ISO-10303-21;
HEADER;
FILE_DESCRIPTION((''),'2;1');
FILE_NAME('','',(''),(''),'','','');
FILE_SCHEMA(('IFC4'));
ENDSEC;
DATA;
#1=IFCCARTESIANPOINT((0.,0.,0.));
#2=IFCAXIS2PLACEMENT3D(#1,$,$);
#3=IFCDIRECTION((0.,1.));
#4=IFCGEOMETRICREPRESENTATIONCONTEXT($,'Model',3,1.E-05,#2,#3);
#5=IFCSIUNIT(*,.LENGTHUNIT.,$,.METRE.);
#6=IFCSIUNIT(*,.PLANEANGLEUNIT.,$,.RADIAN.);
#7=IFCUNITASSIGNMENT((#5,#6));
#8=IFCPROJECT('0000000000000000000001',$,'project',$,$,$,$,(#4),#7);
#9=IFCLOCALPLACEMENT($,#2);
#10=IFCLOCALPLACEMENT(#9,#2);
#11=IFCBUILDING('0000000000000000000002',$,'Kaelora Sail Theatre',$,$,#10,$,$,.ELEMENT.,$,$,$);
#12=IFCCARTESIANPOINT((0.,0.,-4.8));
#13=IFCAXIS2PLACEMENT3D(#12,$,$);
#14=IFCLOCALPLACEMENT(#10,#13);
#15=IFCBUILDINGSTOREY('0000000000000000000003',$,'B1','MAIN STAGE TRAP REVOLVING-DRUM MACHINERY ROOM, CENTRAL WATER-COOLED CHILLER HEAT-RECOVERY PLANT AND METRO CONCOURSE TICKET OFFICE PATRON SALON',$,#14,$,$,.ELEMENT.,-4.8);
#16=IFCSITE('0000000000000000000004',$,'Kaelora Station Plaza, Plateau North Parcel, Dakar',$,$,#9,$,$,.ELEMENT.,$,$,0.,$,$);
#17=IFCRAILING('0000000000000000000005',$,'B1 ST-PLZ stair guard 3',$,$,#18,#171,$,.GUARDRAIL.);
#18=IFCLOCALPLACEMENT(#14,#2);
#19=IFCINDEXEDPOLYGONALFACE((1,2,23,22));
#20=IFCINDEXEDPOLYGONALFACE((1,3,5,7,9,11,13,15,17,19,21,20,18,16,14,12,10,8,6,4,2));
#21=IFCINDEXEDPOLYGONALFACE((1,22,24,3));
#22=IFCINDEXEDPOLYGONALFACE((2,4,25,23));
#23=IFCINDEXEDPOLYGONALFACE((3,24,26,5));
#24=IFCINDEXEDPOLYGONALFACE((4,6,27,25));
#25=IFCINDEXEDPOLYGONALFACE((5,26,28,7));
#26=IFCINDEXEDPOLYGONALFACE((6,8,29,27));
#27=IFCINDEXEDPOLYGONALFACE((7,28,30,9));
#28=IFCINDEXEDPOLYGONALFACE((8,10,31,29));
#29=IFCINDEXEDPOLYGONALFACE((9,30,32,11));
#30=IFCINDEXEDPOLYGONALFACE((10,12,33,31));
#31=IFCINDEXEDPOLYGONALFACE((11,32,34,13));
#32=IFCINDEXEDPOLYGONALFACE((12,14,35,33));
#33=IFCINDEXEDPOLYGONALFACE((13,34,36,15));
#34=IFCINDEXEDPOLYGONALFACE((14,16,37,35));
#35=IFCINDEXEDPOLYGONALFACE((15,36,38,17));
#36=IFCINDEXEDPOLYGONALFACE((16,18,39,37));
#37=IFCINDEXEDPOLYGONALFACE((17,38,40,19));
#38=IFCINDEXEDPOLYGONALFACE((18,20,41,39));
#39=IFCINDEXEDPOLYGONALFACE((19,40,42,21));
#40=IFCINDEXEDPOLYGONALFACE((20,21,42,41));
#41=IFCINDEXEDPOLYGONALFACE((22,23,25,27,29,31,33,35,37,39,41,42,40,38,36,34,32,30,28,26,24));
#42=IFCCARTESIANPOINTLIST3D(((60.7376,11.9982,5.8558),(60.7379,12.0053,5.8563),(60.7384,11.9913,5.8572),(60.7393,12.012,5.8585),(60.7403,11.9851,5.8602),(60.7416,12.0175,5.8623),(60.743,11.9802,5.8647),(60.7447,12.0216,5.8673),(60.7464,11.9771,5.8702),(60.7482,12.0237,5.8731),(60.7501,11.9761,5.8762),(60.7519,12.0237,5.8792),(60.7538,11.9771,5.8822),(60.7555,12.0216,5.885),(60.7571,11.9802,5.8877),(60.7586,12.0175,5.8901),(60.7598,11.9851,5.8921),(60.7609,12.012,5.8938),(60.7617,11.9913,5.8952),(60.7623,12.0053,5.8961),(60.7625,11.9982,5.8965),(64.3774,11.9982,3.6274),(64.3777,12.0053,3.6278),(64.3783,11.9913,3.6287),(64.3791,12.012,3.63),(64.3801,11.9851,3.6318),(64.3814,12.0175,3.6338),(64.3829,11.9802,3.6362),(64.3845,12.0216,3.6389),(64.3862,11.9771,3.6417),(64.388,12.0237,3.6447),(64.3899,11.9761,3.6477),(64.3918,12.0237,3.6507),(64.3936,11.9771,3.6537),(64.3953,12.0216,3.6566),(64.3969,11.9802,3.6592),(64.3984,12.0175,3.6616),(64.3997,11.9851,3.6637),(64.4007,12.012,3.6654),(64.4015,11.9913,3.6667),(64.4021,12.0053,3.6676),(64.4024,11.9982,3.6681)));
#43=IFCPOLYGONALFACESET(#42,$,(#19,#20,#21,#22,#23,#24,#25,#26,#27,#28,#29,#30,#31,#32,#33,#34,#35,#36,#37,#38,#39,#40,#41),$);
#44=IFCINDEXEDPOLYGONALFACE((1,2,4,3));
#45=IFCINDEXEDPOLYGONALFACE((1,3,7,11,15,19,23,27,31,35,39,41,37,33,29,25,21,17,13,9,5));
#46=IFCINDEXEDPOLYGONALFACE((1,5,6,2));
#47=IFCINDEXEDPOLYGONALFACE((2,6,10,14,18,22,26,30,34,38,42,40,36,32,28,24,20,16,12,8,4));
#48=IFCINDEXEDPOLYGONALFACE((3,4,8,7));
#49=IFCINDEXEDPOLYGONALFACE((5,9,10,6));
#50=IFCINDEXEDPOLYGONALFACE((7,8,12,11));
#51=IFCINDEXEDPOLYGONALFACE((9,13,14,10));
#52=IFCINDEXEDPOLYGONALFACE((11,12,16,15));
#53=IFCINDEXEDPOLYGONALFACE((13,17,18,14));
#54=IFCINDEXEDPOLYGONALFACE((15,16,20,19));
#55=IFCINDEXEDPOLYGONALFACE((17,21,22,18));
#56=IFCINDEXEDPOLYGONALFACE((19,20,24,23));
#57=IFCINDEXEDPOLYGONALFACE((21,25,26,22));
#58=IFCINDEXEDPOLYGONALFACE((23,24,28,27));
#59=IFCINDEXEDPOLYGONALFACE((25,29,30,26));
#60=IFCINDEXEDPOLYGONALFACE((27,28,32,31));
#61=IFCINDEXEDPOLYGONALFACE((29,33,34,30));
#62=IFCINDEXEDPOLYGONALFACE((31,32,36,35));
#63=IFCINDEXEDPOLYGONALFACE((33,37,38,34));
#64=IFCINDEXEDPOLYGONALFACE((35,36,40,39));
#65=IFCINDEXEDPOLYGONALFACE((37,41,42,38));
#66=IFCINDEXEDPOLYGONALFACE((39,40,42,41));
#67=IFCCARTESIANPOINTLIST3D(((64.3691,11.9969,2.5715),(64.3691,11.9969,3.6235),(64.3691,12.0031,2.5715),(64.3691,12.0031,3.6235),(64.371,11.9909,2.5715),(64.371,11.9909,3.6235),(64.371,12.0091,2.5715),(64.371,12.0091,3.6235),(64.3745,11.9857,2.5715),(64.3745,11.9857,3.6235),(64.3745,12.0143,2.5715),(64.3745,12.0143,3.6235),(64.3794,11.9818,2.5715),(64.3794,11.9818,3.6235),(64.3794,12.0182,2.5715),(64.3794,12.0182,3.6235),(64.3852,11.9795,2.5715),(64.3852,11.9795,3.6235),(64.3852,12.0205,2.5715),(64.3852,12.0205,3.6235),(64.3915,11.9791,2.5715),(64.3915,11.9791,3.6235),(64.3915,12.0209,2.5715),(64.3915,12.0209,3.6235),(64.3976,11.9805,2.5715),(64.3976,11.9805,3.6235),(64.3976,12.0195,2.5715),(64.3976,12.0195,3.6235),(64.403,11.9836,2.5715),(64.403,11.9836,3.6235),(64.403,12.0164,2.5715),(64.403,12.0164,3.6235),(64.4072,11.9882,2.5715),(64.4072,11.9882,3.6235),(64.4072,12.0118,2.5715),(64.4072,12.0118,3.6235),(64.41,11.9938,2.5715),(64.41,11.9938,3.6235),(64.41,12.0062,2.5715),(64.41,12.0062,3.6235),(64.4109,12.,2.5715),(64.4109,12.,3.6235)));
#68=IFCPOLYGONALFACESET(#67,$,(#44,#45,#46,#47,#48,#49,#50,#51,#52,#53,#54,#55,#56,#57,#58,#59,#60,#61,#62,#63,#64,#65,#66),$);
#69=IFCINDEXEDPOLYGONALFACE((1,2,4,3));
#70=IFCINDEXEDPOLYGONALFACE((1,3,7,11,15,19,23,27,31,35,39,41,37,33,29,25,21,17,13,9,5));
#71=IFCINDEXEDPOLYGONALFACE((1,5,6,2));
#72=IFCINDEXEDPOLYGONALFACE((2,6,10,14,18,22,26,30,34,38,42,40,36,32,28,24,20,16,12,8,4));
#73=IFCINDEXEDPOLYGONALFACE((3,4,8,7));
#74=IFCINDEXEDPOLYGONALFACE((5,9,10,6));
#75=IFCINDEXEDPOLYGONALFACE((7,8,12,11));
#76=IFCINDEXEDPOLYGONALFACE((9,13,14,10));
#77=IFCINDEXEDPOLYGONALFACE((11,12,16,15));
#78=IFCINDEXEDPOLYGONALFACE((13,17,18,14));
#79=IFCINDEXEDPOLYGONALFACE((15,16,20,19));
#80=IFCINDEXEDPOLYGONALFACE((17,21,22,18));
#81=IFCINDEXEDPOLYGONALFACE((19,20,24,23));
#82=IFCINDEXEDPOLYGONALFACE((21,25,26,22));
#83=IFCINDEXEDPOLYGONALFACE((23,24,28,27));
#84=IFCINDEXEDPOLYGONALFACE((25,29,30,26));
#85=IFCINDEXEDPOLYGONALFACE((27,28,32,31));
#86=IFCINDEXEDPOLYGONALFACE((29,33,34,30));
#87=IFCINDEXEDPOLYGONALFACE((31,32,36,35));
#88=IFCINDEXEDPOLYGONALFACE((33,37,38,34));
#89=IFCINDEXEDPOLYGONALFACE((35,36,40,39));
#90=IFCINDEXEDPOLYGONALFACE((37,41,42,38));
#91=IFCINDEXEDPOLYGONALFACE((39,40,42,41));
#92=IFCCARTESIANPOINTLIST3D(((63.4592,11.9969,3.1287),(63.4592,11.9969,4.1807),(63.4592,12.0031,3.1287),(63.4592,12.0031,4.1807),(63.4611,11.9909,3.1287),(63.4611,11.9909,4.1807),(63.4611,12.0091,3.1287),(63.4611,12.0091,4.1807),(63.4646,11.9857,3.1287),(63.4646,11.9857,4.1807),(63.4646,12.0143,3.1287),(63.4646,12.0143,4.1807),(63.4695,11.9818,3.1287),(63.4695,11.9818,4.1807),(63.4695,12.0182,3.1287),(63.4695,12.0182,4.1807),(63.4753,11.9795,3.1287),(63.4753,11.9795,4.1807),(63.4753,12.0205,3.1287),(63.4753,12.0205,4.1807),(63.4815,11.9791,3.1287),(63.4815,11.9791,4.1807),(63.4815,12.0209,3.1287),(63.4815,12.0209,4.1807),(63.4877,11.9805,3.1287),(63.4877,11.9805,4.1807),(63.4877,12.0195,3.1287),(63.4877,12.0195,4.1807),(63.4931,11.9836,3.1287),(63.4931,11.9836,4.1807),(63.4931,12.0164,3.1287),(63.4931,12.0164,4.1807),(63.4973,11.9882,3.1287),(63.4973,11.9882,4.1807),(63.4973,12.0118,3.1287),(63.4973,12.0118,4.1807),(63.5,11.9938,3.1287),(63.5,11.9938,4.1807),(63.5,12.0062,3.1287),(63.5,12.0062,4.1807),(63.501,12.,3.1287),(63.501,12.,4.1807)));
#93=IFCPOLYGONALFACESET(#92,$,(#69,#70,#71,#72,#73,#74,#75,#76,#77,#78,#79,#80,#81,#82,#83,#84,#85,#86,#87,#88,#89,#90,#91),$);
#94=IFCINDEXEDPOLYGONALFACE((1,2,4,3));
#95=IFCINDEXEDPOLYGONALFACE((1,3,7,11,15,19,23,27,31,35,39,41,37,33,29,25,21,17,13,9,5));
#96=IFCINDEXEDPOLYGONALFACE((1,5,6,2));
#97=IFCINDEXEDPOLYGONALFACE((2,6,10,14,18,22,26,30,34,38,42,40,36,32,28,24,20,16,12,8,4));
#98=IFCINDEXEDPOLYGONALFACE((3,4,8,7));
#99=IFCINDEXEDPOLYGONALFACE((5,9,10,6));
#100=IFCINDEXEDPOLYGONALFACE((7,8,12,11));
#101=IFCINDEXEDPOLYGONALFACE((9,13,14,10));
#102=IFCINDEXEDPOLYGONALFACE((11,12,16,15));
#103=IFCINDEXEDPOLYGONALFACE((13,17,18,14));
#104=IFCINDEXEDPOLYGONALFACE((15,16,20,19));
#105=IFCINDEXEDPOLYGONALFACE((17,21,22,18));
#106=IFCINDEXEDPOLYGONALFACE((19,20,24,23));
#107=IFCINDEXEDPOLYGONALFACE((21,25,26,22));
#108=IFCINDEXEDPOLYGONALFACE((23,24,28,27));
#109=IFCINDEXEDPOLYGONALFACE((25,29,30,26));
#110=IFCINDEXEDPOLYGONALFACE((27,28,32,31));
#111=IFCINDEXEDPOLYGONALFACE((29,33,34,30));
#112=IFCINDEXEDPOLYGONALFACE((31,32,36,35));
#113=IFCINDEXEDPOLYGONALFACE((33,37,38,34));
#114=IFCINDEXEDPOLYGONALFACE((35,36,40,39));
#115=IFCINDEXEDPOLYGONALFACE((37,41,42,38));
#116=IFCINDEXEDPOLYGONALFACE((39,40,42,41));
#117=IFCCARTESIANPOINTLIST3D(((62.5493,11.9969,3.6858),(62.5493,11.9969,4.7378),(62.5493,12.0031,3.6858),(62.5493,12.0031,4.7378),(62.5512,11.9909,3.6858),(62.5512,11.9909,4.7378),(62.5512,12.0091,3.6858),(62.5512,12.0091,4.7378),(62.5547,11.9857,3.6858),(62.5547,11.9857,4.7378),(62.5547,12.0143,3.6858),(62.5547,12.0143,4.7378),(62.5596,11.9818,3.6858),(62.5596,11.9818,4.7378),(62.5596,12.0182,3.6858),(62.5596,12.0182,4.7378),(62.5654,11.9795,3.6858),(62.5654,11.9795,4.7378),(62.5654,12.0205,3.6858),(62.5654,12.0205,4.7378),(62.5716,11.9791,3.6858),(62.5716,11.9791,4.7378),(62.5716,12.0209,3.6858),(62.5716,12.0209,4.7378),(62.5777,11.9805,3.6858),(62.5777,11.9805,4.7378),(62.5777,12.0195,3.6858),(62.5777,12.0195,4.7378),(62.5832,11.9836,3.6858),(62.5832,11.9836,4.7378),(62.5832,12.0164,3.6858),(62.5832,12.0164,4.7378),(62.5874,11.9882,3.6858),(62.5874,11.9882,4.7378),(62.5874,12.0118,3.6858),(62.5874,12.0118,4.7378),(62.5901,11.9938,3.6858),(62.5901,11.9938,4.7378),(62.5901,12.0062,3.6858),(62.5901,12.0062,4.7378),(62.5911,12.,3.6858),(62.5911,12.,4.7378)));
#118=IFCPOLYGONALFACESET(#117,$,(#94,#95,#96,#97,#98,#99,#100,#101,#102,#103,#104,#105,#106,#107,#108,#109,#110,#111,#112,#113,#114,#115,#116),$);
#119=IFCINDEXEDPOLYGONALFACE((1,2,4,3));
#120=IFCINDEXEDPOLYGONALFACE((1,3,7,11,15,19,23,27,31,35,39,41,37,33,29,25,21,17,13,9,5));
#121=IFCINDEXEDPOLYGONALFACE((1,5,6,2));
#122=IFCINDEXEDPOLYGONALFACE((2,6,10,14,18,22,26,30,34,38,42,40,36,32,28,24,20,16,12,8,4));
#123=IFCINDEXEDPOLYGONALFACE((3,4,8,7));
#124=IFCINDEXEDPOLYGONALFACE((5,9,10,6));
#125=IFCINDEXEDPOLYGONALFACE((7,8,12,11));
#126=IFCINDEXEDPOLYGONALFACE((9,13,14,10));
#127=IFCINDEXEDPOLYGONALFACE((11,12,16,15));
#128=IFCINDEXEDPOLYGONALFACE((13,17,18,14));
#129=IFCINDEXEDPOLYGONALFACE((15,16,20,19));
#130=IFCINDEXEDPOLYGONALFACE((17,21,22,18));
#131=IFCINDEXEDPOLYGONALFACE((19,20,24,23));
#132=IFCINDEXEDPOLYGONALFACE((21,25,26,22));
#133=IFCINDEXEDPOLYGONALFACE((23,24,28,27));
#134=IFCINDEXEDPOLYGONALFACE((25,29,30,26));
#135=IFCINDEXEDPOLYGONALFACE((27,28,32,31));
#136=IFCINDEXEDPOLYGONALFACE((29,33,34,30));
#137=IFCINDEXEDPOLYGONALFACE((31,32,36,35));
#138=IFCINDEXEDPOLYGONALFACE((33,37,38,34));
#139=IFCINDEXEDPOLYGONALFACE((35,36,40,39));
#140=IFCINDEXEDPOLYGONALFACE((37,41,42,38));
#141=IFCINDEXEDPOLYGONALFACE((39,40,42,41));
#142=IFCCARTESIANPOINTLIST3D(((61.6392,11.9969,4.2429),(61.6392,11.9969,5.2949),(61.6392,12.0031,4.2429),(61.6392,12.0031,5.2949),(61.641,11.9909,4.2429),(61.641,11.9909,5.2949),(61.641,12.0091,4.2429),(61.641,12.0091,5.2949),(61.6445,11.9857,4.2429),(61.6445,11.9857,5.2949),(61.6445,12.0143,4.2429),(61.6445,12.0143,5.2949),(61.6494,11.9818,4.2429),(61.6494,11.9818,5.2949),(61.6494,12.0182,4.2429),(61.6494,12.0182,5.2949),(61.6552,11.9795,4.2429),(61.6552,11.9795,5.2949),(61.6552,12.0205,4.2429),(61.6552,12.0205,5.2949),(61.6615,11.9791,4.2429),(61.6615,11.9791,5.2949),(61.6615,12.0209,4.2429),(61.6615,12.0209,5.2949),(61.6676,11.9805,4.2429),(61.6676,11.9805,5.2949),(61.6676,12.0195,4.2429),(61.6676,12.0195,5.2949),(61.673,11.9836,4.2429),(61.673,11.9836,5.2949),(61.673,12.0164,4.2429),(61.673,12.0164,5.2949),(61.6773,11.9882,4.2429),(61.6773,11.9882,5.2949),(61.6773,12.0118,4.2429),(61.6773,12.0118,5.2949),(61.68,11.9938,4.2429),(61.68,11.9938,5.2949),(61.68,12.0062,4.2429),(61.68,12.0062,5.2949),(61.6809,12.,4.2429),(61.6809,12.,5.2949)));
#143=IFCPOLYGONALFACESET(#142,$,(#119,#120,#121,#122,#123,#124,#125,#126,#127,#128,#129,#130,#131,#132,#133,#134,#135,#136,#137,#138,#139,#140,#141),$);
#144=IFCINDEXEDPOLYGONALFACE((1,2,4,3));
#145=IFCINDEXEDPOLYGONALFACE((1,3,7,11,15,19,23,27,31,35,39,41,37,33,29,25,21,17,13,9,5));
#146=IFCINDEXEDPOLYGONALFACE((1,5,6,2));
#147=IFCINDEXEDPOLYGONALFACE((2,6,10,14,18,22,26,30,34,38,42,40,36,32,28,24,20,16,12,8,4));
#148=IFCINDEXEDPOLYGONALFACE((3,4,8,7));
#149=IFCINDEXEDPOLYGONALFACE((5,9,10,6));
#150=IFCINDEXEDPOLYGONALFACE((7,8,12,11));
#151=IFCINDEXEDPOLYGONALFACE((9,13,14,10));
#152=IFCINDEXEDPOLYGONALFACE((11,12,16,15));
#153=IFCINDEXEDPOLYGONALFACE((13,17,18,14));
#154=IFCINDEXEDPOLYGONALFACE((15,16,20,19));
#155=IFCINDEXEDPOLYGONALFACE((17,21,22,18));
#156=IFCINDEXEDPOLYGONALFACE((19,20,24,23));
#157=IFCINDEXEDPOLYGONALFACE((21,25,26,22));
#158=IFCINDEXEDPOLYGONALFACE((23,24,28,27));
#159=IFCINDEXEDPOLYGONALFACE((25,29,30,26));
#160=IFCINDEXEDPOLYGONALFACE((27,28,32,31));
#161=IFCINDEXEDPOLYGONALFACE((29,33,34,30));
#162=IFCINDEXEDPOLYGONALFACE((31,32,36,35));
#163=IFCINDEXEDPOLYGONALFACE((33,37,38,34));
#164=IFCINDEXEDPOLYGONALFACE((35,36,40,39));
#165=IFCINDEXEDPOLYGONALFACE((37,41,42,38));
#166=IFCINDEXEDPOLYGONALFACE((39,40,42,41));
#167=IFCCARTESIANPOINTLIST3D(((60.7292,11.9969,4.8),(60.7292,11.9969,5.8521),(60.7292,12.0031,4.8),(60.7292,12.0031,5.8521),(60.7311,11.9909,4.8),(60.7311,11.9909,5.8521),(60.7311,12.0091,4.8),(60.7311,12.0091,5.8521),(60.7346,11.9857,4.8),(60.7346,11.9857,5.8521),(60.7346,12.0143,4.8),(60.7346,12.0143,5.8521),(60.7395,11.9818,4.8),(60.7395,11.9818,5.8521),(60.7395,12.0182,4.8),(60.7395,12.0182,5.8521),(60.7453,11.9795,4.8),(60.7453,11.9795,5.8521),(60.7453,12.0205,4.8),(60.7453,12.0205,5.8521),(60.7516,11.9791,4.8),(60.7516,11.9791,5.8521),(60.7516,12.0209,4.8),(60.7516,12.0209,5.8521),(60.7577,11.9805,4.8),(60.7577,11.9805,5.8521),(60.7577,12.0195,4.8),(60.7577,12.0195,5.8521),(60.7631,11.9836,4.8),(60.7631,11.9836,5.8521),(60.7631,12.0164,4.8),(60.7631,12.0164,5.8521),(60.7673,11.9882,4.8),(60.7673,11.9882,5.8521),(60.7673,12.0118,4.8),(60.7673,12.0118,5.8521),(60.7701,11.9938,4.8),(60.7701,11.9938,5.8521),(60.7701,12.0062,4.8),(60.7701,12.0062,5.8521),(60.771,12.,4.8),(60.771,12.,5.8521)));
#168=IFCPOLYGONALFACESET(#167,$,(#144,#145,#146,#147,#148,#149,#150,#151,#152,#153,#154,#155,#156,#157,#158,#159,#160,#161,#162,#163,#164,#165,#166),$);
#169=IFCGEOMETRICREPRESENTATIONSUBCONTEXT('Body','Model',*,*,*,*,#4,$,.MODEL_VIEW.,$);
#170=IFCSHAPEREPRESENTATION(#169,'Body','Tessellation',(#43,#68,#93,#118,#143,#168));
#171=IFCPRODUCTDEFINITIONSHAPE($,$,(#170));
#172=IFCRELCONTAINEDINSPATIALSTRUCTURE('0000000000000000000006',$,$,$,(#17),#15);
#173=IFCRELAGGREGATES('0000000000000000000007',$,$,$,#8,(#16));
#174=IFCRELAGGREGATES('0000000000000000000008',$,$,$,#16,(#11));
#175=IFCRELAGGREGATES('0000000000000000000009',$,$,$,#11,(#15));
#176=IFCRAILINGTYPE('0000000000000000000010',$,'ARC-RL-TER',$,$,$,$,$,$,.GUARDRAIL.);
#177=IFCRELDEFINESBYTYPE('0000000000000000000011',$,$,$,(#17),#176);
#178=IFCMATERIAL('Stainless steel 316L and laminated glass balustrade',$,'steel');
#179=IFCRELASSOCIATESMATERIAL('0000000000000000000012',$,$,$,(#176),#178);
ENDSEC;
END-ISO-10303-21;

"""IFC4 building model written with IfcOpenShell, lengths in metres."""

from ifc_helpers import new_model, si_unit, direction, frame, origin, origin_2d, place, context, subcontext, project, spatial, circle, extrude, material, type_object, element, save


model = new_model("IFC4")

# Units and contexts
model_context = context("Model", 3, precision=1e-05, world=origin(), true_north=direction((0.0, 1.0)))
body_context = subcontext(model_context, "Body", "Model", "MODEL_VIEW")
ifc_project = project(units=[si_unit("LENGTHUNIT", "METRE"), si_unit("PLANEANGLEUNIT", "RADIAN")], contexts=[model_context])

# Site, building, storey
site_placement = place(None, origin())
site = spatial("IfcSite", under=ifc_project, at=site_placement, Name="Kaelora Station Plaza, Plateau North Parcel, Dakar", CompositionType="ELEMENT", RefElevation=0.0)
building_placement = place(site_placement, origin())
building = spatial("IfcBuilding", under=site, at=building_placement, Name="Kaelora Sail Theatre", CompositionType="ELEMENT")
storey_placement = place(building_placement, frame((0.0, 0.0, -4.8)))
storey = spatial("IfcBuildingStorey", under=building, at=storey_placement, Name="B1", Description="MAIN STAGE TRAP REVOLVING-DRUM MACHINERY ROOM, CENTRAL WATER-COOLED CHILLER HEAT-RECOVERY PLANT AND METRO CONCOURSE TICKET OFFICE PATRON SALON", CompositionType="ELEMENT", Elevation=-4.8)

# Railing
ifc_material_1 = material(Name="Stainless steel 316L and laminated glass balustrade", Category="steel")
railing_type_1 = type_object("IfcRailingType", Name="ARC-RL-TER", PredefinedType="GUARDRAIL", material=ifc_material_1)
railing_1_placement = place(storey_placement, frame((64.3899, 12.0, 2.5715)))
element("IfcRailing", 1, at=railing_1_placement, inside=storey, type_object=railing_type_1, Name="B1 ST-PLZ stair guard 3", PredefinedType="GUARDRAIL", context=body_context, shape_type="SweptSolid", body=[
    extrude(circle(Radius=0.0239, at=origin_2d()), frame((0.0, 0.0, 1.0762), z_axis=(-0.85285, 0.0, 0.522156), x_axis=(0.0, -1.0, 0.0)), (0.0, 0.0, 1.0), 4.2678),
    extrude(circle(Radius=0.021, at=origin_2d()), origin(), (0.0, 0.0, 1.0), 1.052),
    extrude(circle(Radius=0.021, at=origin_2d()), frame((-0.9099, 0.0, 0.5571)), (0.0, 0.0, 1.0), 1.052),
    extrude(circle(Radius=0.021, at=origin_2d()), frame((-1.8198, 0.0, 1.1143)), (0.0, 0.0, 1.0), 1.052),
    extrude(circle(Radius=0.021, at=origin_2d()), frame((-2.73, 0.0, 1.6714)), (0.0, 0.0, 1.0), 1.052),
    extrude(circle(Radius=0.021, at=origin_2d()), frame((-3.6399, 0.0, 2.2285)), (0.0, 0.0, 1.0), 1.052),
])

save(model, "model.ifc")
